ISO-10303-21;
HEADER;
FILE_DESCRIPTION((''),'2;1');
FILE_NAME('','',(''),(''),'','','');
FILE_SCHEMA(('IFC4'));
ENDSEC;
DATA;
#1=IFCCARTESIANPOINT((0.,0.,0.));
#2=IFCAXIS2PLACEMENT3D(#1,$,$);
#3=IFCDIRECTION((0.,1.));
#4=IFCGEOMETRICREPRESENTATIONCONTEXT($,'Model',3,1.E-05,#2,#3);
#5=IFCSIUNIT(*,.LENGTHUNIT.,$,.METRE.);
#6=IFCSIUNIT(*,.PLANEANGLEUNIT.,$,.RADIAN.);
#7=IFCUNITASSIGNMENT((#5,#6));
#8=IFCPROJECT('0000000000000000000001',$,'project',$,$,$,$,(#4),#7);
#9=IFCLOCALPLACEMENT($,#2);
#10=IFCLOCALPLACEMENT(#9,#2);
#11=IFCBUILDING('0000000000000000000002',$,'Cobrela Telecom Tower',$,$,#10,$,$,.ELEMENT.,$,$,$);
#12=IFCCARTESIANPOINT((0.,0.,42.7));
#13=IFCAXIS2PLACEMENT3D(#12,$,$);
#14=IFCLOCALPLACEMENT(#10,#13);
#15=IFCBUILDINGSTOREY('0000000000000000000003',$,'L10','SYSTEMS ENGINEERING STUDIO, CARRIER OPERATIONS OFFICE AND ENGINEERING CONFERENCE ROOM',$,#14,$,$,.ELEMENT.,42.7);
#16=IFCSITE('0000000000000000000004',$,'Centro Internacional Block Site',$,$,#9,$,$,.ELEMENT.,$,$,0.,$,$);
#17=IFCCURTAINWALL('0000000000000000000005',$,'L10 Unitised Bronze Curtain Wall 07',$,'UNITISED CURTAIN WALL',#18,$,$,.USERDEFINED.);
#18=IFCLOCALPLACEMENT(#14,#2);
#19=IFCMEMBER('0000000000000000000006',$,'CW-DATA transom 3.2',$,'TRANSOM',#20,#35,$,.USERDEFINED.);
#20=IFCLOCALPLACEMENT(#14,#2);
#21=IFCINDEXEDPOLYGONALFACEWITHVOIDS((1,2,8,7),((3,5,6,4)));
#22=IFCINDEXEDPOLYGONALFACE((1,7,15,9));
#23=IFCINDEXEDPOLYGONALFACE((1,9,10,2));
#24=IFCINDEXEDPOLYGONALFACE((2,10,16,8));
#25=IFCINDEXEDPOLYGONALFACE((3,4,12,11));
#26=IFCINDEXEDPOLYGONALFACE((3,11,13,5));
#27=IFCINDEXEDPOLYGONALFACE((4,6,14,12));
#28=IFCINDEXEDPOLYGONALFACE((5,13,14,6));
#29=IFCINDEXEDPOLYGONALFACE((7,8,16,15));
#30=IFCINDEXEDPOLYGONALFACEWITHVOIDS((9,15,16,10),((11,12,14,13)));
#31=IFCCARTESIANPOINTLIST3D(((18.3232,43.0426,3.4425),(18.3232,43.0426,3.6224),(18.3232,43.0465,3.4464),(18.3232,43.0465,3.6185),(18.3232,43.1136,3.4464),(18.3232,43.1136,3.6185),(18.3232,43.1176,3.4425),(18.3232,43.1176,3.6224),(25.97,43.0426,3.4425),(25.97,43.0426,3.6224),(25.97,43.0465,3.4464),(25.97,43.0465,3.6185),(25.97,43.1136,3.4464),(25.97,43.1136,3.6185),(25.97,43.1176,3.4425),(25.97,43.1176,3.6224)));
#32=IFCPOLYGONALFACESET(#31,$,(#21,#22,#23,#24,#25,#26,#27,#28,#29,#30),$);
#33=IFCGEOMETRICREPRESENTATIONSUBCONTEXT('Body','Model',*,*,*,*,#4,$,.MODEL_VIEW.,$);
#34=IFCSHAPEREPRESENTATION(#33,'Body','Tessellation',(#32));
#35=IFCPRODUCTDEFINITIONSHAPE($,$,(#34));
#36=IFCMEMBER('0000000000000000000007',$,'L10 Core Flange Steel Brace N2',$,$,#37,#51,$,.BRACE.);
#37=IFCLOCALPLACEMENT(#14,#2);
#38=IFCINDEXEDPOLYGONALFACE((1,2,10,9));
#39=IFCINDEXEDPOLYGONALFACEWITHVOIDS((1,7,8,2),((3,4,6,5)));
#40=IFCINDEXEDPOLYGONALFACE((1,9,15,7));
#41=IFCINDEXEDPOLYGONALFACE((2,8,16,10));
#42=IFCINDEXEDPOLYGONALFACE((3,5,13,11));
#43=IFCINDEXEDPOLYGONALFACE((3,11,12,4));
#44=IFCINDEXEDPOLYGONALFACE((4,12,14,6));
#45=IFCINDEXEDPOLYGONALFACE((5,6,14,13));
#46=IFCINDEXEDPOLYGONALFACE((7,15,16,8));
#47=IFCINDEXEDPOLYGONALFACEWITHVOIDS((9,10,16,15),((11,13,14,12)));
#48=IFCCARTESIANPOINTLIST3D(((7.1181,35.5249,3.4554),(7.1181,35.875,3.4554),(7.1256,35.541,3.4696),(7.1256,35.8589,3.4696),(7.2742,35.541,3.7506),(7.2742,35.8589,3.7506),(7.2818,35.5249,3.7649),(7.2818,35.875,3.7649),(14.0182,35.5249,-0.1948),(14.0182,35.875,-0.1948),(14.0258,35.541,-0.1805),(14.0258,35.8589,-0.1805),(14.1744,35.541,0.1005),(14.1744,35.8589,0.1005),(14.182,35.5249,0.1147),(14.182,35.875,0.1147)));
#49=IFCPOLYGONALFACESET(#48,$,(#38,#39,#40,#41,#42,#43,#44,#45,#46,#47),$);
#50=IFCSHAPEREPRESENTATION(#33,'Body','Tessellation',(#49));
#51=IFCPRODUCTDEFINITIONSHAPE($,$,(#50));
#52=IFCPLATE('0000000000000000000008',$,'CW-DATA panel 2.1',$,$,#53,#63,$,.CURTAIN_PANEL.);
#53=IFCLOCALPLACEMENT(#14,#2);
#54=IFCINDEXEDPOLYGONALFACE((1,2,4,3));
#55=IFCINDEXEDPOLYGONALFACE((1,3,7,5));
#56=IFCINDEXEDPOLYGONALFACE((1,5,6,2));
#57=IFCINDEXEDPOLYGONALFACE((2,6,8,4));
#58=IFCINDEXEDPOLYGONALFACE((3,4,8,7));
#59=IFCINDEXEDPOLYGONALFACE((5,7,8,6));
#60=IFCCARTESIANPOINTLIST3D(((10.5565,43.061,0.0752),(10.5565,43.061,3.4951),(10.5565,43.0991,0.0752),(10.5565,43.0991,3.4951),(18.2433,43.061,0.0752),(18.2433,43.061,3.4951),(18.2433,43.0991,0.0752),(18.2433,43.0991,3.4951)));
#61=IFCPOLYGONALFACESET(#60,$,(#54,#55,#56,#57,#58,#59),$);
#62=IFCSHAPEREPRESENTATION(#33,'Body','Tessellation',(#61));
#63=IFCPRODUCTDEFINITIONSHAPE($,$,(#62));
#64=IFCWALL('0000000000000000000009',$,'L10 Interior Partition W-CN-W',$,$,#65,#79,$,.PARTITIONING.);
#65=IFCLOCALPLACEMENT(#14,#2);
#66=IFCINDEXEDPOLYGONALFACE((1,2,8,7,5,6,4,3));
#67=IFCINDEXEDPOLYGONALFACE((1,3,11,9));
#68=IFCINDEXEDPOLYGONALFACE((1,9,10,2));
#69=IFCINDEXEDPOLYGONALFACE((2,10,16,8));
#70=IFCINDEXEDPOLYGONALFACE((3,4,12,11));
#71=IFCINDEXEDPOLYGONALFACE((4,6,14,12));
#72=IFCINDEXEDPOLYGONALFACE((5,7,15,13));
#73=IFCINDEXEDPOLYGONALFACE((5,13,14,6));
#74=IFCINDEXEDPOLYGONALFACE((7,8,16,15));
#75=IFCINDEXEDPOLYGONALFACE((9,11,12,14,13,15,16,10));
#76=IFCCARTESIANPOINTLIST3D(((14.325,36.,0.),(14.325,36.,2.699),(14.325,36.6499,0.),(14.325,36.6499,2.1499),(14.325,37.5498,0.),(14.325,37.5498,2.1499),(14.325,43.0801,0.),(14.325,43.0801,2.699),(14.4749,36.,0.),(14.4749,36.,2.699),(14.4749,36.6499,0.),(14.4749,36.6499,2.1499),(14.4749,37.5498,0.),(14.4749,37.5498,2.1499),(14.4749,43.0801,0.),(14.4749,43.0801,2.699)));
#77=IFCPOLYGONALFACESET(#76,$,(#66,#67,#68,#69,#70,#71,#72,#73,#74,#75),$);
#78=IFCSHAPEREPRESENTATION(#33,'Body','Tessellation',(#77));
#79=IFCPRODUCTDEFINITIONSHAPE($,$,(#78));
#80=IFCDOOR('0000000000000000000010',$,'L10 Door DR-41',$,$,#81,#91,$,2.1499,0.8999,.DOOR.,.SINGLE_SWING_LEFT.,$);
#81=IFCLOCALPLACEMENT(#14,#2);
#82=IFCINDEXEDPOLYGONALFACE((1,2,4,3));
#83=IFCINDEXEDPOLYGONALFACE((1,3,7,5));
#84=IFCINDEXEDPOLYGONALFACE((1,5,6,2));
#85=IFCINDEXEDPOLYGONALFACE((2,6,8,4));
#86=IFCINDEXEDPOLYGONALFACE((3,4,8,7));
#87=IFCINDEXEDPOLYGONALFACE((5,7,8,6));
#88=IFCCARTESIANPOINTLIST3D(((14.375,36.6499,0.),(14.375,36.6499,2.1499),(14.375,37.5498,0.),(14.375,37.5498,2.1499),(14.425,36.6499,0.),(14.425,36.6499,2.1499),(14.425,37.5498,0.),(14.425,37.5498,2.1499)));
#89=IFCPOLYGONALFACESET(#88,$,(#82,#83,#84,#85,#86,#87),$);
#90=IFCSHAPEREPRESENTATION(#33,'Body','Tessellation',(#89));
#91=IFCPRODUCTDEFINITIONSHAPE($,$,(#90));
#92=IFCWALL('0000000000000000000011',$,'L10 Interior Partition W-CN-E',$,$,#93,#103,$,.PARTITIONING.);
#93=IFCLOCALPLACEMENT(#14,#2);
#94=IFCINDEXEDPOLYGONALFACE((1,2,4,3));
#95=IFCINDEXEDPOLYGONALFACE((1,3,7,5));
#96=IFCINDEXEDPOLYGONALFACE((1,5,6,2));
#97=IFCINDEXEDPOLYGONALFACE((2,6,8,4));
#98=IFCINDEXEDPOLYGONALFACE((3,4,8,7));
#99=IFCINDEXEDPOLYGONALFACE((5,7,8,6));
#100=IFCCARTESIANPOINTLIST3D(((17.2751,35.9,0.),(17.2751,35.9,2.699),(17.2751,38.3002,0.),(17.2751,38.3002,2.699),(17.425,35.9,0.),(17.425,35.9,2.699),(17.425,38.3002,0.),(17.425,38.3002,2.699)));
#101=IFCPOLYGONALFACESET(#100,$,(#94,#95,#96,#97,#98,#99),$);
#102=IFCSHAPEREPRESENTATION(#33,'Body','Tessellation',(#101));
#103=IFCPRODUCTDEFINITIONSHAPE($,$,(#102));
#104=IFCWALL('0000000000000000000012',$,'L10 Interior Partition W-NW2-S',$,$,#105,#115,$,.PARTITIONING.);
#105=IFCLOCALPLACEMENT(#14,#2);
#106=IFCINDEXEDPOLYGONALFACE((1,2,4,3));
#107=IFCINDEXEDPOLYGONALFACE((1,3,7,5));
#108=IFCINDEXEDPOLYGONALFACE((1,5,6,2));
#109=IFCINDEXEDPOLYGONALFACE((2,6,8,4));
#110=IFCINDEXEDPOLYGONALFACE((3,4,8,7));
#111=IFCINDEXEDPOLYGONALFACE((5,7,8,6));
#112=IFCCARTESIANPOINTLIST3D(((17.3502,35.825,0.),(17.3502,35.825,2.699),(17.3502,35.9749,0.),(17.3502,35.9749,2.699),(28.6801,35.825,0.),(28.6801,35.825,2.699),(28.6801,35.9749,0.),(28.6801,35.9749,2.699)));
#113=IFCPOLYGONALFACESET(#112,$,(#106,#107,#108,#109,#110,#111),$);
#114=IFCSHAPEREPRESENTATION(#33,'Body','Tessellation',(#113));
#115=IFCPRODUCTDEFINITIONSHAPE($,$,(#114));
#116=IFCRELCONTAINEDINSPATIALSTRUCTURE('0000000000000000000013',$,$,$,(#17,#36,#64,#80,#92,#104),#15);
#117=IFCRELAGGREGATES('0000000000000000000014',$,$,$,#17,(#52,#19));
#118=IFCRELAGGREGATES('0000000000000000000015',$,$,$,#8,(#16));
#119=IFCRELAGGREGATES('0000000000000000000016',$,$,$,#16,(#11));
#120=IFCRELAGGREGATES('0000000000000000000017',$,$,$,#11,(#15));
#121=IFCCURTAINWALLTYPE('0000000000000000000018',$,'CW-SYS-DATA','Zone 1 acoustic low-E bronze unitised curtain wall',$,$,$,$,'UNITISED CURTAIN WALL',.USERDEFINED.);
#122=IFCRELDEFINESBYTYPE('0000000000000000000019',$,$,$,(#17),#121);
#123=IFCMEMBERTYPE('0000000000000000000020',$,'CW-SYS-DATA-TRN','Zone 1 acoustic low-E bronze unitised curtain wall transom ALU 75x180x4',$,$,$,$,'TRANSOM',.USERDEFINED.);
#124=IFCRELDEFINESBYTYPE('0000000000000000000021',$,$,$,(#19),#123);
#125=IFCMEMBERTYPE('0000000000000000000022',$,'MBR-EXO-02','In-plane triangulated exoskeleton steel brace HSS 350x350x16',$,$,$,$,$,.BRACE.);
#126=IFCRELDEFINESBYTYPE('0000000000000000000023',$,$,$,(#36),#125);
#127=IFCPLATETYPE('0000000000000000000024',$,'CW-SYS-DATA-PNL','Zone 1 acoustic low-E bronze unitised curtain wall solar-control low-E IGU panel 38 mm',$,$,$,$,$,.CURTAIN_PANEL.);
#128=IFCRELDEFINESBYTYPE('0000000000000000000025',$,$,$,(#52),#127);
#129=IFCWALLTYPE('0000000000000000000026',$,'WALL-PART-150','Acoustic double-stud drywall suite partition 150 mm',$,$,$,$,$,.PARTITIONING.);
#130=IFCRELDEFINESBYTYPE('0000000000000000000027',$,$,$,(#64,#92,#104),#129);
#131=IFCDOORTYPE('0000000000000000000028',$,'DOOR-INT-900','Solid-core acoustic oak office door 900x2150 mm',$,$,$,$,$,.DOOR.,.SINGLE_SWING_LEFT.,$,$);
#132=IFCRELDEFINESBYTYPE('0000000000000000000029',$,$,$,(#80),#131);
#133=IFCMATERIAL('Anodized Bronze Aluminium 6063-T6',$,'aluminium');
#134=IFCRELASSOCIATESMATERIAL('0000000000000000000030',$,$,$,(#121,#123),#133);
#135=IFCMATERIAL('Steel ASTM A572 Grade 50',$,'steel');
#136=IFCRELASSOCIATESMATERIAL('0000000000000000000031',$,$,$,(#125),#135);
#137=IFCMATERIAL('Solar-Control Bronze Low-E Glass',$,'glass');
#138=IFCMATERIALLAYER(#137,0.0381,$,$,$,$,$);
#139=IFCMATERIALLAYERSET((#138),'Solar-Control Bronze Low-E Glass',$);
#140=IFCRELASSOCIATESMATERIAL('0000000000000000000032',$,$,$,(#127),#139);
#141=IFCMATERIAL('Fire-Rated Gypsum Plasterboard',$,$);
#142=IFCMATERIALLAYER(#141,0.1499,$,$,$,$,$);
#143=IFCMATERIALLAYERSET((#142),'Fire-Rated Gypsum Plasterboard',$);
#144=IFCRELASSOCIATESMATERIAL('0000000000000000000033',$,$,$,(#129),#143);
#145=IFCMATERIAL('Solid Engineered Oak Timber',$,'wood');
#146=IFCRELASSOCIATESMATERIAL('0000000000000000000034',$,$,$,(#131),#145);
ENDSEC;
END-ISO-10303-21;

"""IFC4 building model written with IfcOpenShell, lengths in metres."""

from ifc_helpers import new_model, si_unit, direction, frame, frame_2d, origin, origin_2d, place, context, subcontext, project, spatial, rectangle, hollow_rectangle, extrude, material, layer, layer_set, material_profile, profile_set, type_object, element, fill, aggregate, save


model = new_model("IFC4")

# Units and contexts
model_context = context("Model", 3, precision=1e-05, world=origin(), true_north=direction((0.0, 1.0)))
body_context = subcontext(model_context, "Body", "Model", "MODEL_VIEW")
ifc_project = project(units=[si_unit("LENGTHUNIT", "METRE"), si_unit("PLANEANGLEUNIT", "RADIAN")], contexts=[model_context])

# Site, building, storey
site_placement = place(None, origin())
site = spatial("IfcSite", under=ifc_project, at=site_placement, Name="Centro Internacional Block Site", CompositionType="ELEMENT", RefElevation=0.0)
building_placement = place(site_placement, origin())
building = spatial("IfcBuilding", under=site, at=building_placement, Name="Cobrela Telecom Tower", CompositionType="ELEMENT")
storey_placement = place(building_placement, frame((0.0, 0.0, 42.7)))
storey = spatial("IfcBuildingStorey", under=building, at=storey_placement, Name="L10", Description="SYSTEMS ENGINEERING STUDIO, CARRIER OPERATIONS OFFICE AND ENGINEERING CONFERENCE ROOM", CompositionType="ELEMENT", Elevation=42.7)

# Shared definitions
ifc_material_1 = material(Name="Steel ASTM A572 Grade 50", Category="steel")

# Curtain wall, member
ifc_material_2 = material(Name="Anodized Bronze Aluminium 6063-T6", Category="aluminium")
curtain_wall_type = type_object("IfcCurtainWallType", Name="CW-SYS-DATA", Description="Zone 1 acoustic low-E bronze unitised curtain wall", ElementType="UNITISED CURTAIN WALL", PredefinedType="USERDEFINED", material=ifc_material_2)
curtain_wall_placement = place(storey_placement, origin())
curtain_wall = element("IfcCurtainWall", 1, at=curtain_wall_placement, inside=storey, type_object=curtain_wall_type, Name="L10 Unitised Bronze Curtain Wall 07", ObjectType="UNITISED CURTAIN WALL", PredefinedType="USERDEFINED")
ifc_material_profile_1 = material_profile(ifc_material_2, hollow_rectangle(XDim=0.075, YDim=0.1799, WallThickness=0.0039, at=origin_2d()), Name="ALU 75x180x4")
ifc_profile_set_1 = profile_set([ifc_material_profile_1], Name="Anodized Bronze Aluminium 6063-T6")
member_type_1 = type_object("IfcMemberType", Name="CW-SYS-DATA-TRN", Description="Zone 1 acoustic low-E bronze unitised curtain wall transom ALU 75x180x4", ElementType="TRANSOM", PredefinedType="USERDEFINED", material=ifc_profile_set_1)
member_1_placement = place(storey_placement, frame((18.3232, 43.0801, 3.5325), z_axis=(1.0, 0.0, 0.0), x_axis=(0.0, 1.0, 0.0)))
member_1 = element("IfcMember", 2, at=member_1_placement, type_object=member_type_1, Name="CW-DATA transom 3.2", ObjectType="TRANSOM", PredefinedType="USERDEFINED", context=body_context, shape_type="SweptSolid", body=[
    extrude(hollow_rectangle(XDim=0.075, YDim=0.1799, WallThickness=0.0039, at=origin_2d()), origin(), (0.0, 0.0, 1.0), 7.6467),
])

# Member
ifc_material_profile_2 = material_profile(ifc_material_1, hollow_rectangle(XDim=0.3501, YDim=0.3501, WallThickness=0.0161, at=origin_2d()), Name="HSS 350x350x16")
ifc_profile_set_2 = profile_set([ifc_material_profile_2], Name="Steel ASTM A572 Grade 50")
member_type_2 = type_object("IfcMemberType", Name="MBR-EXO-02", Description="In-plane triangulated exoskeleton steel brace HSS 350x350x16", PredefinedType="BRACE", material=ifc_profile_set_2)
member_2_placement = place(storey_placement, frame((14.1001, 35.7, -0.04), z_axis=(-0.88394, 0.0, 0.4676), x_axis=(0.0, -1.0, 0.0)))
element("IfcMember", 3, at=member_2_placement, inside=storey, type_object=member_type_2, Name="L10 Core Flange Steel Brace N2", PredefinedType="BRACE", context=body_context, shape_type="SweptSolid", body=[
    extrude(hollow_rectangle(XDim=0.3501, YDim=0.3501, WallThickness=0.0161, at=origin_2d()), origin(), (0.0, 0.0, 1.0), 7.8062),
])

# Plate
ifc_material_3 = material(Name="Solar-Control Bronze Low-E Glass", Category="glass")
ifc_layer_1 = layer(ifc_material_3, 0.0381)
ifc_layer_set_1 = layer_set([ifc_layer_1], Name="Solar-Control Bronze Low-E Glass")
plate_type = type_object("IfcPlateType", Name="CW-SYS-DATA-PNL", Description="Zone 1 acoustic low-E bronze unitised curtain wall solar-control low-E IGU panel 38 mm", PredefinedType="CURTAIN_PANEL", material=ifc_layer_set_1)
plate_placement = place(storey_placement, frame((14.3999, 43.0801, 0.0752), z_axis=(0.0, 0.0, 1.0), x_axis=(1.0, 0.0, 0.0)))
plate = element("IfcPlate", 4, at=plate_placement, type_object=plate_type, Name="CW-DATA panel 2.1", PredefinedType="CURTAIN_PANEL", context=body_context, shape_type="SweptSolid", body=[
    extrude(rectangle(XDim=7.6868, YDim=0.0381, at=origin_2d()), origin(), (0.0, 0.0, 1.0), 3.4199),
])
aggregate(curtain_wall, [plate, member_1])

# Wall, opening, door
ifc_material_4 = material(Name="Fire-Rated Gypsum Plasterboard")
ifc_layer_2 = layer(ifc_material_4, 0.1499)
ifc_layer_set_2 = layer_set([ifc_layer_2], Name="Fire-Rated Gypsum Plasterboard")
wall_type = type_object("IfcWallType", Name="WALL-PART-150", Description="Acoustic double-stud drywall suite partition 150 mm", PredefinedType="PARTITIONING", material=ifc_layer_set_2)
wall_1_placement = place(storey_placement, frame((14.3999, 36.0, 0.0), z_axis=(0.0, 0.0, 1.0), x_axis=(0.0, 1.0, 0.0)))
wall_1 = element("IfcWall", 5, at=wall_1_placement, inside=storey, type_object=wall_type, Name="L10 Interior Partition W-CN-W", PredefinedType="PARTITIONING", context=body_context, shape_type="SweptSolid", body=[
    extrude(rectangle(XDim=7.0801, YDim=0.1499, at=frame_2d((3.54, 0.0))), origin(), (0.0, 0.0, 1.0), 2.699),
])
opening_1_placement = place(wall_1_placement, frame((0.6499, 0.0, 0.0)))
opening_1 = element("IfcOpeningElement", 6, at=opening_1_placement, cuts=wall_1, PredefinedType="OPENING", context=body_context, shape_type="SweptSolid", body=[
    extrude(rectangle(XDim=0.8999, YDim=2.1499, at=frame_2d((0.45, 1.075))), frame((0.0, 0.0869, 0.0), z_axis=(0.0, -1.0, 0.0), x_axis=(1.0, 0.0, 0.0)), (0.0, 0.0, 1.0), 0.1738),
])
ifc_material_5 = material(Name="Solid Engineered Oak Timber", Category="wood")
door_type_1 = type_object("IfcDoorType", Name="DOOR-INT-900", Description="Solid-core acoustic oak office door 900x2150 mm", OperationType="SINGLE_SWING_LEFT", PredefinedType="DOOR", material=ifc_material_5)
door_1_placement = place(opening_1_placement, origin())
door_1 = element("IfcDoor", 7, at=door_1_placement, inside=storey, type_object=door_type_1, Name="L10 Door DR-41", OperationType="SINGLE_SWING_LEFT", OverallHeight=2.1499, OverallWidth=0.8999, PredefinedType="DOOR", context=body_context, shape_type="SweptSolid", body=[
    extrude(rectangle(XDim=0.8999, YDim=2.1499, at=frame_2d((0.45, 1.075))), frame((0.0, 0.0249, 0.0), z_axis=(0.0, -1.0, 0.0), x_axis=(1.0, 0.0, 0.0)), (0.0, 0.0, 1.0), 0.05),
])
fill(opening_1, door_1)

# Wall
wall_2_placement = place(storey_placement, frame((17.3501, 35.8999, 0.0), z_axis=(0.0, 0.0, 1.0), x_axis=(0.0, 1.0, 0.0)))
element("IfcWall", 8, at=wall_2_placement, inside=storey, type_object=wall_type, Name="L10 Interior Partition W-CN-E", PredefinedType="PARTITIONING", context=body_context, shape_type="SweptSolid", body=[
    extrude(rectangle(XDim=2.4001, YDim=0.1499, at=frame_2d((1.2002, 0.0))), origin(), (0.0, 0.0, 1.0), 2.699),
])

# Wall
wall_3_placement = place(storey_placement, frame((17.3501, 35.8999, 0.0), z_axis=(0.0, 0.0, 1.0), x_axis=(1.0, 0.0, 0.0)))
element("IfcWall", 9, at=wall_3_placement, inside=storey, type_object=wall_type, Name="L10 Interior Partition W-NW2-S", PredefinedType="PARTITIONING", context=body_context, shape_type="SweptSolid", body=[
    extrude(rectangle(XDim=11.3298, YDim=0.1499, at=frame_2d((5.665, 0.0))), origin(), (0.0, 0.0, 1.0), 2.699),
])

save(model, "model.ifc")
